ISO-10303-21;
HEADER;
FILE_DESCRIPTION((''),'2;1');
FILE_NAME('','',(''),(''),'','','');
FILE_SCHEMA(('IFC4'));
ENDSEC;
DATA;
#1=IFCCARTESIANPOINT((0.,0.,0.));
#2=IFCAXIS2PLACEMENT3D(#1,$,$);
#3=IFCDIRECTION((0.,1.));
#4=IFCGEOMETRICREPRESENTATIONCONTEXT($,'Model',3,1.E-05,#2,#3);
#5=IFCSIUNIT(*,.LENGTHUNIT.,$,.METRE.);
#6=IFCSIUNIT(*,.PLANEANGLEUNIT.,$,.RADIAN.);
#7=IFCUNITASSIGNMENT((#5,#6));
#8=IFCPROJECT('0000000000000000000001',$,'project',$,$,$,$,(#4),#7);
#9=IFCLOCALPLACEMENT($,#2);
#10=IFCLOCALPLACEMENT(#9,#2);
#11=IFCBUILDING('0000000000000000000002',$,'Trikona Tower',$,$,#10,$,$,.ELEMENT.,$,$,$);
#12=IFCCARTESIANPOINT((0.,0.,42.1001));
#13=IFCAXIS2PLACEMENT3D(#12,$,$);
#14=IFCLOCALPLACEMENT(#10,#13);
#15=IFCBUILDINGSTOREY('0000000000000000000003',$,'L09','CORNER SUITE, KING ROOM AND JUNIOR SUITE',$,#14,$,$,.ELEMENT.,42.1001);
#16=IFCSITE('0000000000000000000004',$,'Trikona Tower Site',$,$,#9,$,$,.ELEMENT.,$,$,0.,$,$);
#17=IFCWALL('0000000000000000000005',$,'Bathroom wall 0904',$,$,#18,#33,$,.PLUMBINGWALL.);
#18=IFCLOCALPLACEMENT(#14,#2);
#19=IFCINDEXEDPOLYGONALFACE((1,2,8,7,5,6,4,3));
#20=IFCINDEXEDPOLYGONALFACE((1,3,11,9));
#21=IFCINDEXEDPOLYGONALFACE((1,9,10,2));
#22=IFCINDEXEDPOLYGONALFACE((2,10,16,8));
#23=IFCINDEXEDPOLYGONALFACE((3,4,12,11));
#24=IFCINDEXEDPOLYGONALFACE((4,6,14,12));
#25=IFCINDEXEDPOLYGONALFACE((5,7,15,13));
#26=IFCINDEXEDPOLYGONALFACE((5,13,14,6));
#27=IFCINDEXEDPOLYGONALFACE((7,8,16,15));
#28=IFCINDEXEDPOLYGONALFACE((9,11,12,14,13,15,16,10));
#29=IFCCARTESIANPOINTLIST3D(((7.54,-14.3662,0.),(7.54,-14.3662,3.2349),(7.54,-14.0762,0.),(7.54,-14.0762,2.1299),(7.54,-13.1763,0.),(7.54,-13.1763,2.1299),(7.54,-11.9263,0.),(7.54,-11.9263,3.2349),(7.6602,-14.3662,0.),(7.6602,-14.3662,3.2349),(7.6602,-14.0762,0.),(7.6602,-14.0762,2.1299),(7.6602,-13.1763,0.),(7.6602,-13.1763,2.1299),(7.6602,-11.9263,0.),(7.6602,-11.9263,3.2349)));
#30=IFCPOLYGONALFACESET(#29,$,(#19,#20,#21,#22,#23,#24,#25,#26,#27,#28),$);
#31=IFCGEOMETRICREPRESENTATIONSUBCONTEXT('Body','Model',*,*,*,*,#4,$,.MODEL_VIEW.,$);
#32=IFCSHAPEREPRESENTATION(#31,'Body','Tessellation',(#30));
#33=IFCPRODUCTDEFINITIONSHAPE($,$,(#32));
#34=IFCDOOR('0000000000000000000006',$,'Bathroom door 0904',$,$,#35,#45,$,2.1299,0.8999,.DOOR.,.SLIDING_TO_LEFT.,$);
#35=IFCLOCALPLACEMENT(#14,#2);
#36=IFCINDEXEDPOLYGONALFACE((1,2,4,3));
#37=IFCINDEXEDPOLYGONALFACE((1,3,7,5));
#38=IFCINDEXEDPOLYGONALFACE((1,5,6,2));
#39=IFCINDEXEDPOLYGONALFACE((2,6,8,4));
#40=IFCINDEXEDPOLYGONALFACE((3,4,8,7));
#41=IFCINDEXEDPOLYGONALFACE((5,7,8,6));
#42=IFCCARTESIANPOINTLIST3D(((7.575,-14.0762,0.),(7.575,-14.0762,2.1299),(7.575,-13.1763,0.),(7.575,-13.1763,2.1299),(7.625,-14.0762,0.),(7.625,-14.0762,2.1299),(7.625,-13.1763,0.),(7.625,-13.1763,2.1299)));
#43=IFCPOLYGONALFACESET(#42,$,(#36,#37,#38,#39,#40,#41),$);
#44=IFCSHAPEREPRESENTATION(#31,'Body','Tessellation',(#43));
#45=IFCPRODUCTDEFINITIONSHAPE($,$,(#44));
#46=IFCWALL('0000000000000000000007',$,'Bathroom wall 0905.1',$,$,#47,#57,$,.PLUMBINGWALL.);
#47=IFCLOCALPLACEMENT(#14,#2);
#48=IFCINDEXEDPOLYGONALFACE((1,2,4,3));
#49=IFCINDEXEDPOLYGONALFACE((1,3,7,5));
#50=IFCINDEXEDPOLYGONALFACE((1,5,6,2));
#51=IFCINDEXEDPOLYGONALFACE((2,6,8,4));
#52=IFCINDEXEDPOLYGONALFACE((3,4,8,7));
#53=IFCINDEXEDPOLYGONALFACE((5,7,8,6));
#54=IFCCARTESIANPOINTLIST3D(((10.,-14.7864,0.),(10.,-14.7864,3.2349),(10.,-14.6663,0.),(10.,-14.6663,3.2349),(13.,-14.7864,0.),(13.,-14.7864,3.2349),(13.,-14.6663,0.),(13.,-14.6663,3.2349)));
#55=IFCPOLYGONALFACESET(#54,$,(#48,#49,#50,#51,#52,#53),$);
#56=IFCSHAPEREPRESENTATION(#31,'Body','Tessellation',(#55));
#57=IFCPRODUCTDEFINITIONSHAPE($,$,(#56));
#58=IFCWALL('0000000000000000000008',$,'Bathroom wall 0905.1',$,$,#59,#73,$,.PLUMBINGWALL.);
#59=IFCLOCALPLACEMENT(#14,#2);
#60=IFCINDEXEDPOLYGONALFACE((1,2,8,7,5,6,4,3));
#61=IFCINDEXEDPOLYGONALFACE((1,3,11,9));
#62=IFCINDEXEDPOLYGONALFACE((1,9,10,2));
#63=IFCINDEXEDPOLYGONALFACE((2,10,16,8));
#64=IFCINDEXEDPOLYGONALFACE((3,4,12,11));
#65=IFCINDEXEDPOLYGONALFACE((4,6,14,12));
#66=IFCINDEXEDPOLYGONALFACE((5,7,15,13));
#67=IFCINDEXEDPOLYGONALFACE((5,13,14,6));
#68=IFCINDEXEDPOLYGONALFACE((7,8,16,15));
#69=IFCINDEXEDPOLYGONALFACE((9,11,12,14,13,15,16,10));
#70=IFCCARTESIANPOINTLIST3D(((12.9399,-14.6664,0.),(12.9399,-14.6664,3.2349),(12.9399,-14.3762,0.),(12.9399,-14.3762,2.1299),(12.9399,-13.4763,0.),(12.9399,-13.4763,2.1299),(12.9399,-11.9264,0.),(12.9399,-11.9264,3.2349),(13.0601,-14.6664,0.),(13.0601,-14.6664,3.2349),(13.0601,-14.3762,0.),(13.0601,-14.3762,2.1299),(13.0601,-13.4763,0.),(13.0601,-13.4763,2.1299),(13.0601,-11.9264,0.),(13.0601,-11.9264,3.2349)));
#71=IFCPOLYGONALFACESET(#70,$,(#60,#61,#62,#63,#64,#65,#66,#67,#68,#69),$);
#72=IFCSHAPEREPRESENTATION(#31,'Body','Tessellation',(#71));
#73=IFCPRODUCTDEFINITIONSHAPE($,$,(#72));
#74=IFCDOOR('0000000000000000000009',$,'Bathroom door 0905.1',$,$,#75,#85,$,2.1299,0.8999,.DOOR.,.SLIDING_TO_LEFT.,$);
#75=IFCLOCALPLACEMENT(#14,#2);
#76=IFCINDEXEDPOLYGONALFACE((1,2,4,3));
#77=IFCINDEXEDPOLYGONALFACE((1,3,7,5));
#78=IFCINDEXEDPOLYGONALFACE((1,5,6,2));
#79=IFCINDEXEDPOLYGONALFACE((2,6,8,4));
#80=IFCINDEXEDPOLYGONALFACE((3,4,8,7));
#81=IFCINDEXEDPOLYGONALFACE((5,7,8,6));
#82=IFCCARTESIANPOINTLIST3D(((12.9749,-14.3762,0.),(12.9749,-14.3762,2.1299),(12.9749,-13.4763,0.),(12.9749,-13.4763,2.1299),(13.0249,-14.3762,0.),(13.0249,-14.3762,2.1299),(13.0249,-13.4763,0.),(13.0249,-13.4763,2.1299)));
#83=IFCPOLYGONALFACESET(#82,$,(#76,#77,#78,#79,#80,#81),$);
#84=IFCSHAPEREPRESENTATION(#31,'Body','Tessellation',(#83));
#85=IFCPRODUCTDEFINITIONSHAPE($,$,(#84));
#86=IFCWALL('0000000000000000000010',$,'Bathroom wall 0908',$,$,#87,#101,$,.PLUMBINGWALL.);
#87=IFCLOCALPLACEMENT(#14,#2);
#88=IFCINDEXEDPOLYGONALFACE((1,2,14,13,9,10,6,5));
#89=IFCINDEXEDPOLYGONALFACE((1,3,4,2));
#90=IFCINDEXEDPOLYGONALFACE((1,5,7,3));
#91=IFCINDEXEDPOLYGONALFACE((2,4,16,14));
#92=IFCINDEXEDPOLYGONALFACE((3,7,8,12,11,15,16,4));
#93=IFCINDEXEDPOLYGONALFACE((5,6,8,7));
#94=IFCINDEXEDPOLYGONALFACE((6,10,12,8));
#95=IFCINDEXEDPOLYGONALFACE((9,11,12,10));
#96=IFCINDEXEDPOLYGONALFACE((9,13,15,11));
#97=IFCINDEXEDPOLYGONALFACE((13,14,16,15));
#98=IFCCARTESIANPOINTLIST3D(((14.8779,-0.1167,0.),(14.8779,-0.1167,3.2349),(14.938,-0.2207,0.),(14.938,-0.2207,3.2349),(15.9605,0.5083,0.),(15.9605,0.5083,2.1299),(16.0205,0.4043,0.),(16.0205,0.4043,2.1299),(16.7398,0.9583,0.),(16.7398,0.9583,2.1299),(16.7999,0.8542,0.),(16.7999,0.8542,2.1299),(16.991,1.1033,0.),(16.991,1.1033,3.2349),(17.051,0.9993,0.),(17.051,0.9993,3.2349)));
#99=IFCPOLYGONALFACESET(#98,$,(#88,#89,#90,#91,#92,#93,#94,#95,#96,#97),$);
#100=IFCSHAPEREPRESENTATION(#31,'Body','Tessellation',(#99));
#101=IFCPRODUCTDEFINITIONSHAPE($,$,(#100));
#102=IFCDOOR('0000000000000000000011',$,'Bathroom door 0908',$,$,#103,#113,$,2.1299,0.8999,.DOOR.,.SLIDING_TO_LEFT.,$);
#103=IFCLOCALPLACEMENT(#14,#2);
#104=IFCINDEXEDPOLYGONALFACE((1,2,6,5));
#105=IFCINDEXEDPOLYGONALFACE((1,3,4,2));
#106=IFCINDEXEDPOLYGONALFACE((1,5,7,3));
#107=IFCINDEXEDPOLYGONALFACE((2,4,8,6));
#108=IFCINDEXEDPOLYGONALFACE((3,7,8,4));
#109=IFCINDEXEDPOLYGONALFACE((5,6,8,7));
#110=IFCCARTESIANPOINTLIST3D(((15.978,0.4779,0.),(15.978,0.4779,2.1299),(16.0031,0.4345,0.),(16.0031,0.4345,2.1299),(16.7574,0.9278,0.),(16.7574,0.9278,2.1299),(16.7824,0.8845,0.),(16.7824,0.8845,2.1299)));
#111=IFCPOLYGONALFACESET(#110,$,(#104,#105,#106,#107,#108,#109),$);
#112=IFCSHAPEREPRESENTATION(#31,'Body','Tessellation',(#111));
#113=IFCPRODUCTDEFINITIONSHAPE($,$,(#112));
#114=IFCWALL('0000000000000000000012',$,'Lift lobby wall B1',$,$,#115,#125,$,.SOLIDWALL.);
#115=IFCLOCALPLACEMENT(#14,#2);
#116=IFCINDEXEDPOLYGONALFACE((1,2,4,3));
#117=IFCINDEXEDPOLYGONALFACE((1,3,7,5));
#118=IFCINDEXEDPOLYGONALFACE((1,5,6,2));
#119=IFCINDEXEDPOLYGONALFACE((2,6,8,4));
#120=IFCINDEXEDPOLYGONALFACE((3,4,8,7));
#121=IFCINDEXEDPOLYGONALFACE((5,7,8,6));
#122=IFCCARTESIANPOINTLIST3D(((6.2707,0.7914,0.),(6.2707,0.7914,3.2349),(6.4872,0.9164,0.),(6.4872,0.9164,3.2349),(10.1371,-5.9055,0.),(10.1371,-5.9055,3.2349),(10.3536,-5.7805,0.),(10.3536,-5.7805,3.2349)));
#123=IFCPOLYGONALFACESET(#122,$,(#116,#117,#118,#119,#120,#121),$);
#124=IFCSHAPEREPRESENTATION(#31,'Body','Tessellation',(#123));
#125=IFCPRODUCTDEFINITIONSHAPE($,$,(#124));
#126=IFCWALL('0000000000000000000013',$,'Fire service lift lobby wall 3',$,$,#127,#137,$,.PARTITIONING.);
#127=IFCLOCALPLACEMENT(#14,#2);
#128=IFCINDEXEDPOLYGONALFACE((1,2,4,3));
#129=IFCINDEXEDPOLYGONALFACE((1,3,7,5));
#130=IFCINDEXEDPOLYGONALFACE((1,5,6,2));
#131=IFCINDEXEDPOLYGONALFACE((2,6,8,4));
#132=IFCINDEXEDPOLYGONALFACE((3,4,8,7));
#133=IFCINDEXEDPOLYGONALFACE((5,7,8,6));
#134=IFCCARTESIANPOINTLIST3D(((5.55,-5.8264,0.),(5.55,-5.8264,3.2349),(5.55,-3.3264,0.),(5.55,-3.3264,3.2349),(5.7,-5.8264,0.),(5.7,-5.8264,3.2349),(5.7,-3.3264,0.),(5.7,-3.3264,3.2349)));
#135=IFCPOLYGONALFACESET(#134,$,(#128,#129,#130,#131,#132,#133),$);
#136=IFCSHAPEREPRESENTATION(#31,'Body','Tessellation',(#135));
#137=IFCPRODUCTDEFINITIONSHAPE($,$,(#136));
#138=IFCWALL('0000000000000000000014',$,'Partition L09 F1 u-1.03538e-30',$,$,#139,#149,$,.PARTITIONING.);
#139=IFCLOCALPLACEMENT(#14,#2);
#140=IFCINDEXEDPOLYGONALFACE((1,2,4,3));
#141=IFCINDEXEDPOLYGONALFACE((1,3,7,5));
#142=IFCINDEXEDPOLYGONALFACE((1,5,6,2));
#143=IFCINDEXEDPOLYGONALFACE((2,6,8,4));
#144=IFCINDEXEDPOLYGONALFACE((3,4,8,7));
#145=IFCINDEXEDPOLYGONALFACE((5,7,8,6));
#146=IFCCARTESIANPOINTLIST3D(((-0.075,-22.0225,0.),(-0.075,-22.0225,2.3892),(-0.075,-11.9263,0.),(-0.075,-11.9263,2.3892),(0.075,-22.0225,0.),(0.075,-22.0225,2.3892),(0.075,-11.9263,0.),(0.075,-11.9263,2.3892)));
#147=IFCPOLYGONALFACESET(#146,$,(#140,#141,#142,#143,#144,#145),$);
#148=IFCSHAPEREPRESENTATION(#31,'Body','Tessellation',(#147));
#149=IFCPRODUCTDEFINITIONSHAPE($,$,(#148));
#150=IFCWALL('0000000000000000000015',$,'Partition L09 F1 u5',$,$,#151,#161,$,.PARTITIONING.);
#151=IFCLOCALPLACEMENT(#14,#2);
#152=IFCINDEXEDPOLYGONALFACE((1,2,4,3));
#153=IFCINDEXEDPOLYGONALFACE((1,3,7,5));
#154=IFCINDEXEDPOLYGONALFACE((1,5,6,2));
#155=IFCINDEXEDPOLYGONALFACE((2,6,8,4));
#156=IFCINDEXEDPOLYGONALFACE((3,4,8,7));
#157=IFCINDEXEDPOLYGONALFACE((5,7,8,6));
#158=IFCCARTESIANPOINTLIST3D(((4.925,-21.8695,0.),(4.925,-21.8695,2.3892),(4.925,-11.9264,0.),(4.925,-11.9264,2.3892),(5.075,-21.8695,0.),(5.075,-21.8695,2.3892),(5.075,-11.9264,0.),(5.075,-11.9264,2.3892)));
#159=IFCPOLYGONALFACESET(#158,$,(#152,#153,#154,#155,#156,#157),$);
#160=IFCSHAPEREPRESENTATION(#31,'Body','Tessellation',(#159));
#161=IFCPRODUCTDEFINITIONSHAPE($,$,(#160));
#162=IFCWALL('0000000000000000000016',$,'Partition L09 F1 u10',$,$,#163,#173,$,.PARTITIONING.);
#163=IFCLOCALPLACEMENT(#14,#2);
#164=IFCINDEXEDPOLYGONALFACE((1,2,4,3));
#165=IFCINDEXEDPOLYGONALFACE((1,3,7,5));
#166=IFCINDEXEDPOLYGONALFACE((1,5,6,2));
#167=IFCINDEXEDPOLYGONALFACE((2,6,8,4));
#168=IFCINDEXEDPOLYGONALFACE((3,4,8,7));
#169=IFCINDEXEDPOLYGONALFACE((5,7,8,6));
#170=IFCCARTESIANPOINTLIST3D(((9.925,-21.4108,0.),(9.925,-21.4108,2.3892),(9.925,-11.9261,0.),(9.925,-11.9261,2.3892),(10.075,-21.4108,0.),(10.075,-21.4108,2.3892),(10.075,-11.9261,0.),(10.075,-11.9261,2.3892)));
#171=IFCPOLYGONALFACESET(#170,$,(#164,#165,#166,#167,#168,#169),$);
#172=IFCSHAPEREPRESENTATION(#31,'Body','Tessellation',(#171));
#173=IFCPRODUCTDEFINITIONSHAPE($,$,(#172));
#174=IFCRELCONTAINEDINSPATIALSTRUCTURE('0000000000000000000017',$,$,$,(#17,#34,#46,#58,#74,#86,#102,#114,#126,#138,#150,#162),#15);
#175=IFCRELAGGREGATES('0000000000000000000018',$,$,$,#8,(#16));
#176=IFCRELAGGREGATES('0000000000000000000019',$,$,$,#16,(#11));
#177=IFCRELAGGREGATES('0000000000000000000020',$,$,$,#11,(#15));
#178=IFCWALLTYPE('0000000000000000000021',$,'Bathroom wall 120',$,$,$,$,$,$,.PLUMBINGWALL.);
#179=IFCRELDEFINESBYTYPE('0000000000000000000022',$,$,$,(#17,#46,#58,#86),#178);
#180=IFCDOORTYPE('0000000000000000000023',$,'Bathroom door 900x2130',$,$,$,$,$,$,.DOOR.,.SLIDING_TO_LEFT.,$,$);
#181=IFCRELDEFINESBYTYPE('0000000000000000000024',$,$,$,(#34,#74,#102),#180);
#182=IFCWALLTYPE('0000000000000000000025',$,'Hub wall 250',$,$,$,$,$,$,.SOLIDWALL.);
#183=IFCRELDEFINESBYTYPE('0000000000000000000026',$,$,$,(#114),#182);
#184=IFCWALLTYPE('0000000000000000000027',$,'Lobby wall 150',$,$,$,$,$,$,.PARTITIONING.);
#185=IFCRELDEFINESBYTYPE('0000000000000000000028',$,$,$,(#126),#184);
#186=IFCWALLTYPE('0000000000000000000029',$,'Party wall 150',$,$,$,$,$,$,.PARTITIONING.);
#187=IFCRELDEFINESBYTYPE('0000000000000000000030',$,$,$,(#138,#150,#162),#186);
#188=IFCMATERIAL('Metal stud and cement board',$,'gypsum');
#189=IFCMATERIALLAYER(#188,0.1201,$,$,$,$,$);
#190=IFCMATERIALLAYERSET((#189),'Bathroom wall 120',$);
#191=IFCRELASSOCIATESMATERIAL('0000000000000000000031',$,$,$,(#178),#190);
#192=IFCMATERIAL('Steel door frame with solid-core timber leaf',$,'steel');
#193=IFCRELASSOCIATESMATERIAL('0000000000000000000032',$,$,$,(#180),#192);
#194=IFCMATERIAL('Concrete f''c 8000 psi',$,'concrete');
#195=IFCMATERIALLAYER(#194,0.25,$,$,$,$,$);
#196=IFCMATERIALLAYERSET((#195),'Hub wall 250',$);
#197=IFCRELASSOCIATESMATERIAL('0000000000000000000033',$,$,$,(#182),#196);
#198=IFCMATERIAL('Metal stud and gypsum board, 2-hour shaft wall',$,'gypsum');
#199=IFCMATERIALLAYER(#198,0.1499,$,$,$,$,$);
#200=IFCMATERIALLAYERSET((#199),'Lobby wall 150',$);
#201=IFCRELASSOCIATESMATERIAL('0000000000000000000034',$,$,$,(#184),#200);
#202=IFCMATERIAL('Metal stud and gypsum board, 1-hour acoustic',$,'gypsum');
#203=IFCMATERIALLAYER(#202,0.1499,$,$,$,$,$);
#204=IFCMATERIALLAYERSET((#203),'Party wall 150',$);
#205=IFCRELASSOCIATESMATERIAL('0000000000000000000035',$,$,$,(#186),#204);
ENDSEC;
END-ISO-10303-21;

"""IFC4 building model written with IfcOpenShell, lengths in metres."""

from ifc_helpers import new_model, si_unit, direction, frame, frame_2d, origin, place, context, subcontext, project, spatial, rectangle, extrude, material, layer, layer_set, type_object, element, fill, save


model = new_model("IFC4")

# Units and contexts
model_context = context("Model", 3, precision=1e-05, world=origin(), true_north=direction((0.0, 1.0)))
body_context = subcontext(model_context, "Body", "Model", "MODEL_VIEW")
ifc_project = project(units=[si_unit("LENGTHUNIT", "METRE"), si_unit("PLANEANGLEUNIT", "RADIAN")], contexts=[model_context])

# Site, building, storey
site_placement = place(None, origin())
site = spatial("IfcSite", under=ifc_project, at=site_placement, Name="Trikona Tower Site", CompositionType="ELEMENT", RefElevation=0.0)
building_placement = place(site_placement, origin())
building = spatial("IfcBuilding", under=site, at=building_placement, Name="Trikona Tower", CompositionType="ELEMENT")
storey_placement = place(building_placement, frame((0.0, 0.0, 42.1001)))
storey = spatial("IfcBuildingStorey", under=building, at=storey_placement, Name="L09", Description="CORNER SUITE, KING ROOM AND JUNIOR SUITE", CompositionType="ELEMENT", Elevation=42.1001)

# Shared definitions
ifc_material_1 = material(Name="Metal stud and cement board", Category="gypsum")
ifc_layer_1 = layer(ifc_material_1, 0.1201)
ifc_layer_set_1 = layer_set([ifc_layer_1], Name="Bathroom wall 120")
wall_type_1 = type_object("IfcWallType", Name="Bathroom wall 120", PredefinedType="PLUMBINGWALL", material=ifc_layer_set_1)

# Wall, opening, door
wall_1_placement = place(storey_placement, frame((7.6001, -11.9263, 0.0), z_axis=(0.0, 0.0, 1.0), x_axis=(0.0, -1.0, 0.0)))
wall_1 = element("IfcWall", 1, at=wall_1_placement, inside=storey, type_object=wall_type_1, Name="Bathroom wall 0904", PredefinedType="PLUMBINGWALL", context=body_context, shape_type="SweptSolid", body=[
    extrude(rectangle(XDim=2.4399, YDim=0.1201, at=frame_2d((1.22, 0.0))), origin(), (0.0, 0.0, 1.0), 3.2349),
])
opening_1_placement = place(wall_1_placement, frame((1.25, 0.0, 0.0)))
opening_1 = element("IfcOpeningElement", 2, at=opening_1_placement, cuts=wall_1, PredefinedType="OPENING", context=body_context, shape_type="SweptSolid", body=[
    extrude(rectangle(XDim=0.8999, YDim=2.1299, at=frame_2d((0.45, 1.0649))), frame((0.0, 0.0701, 0.0), z_axis=(0.0, -1.0, 0.0), x_axis=(1.0, 0.0, 0.0)), (0.0, 0.0, 1.0), 0.1401),
])
ifc_material_2 = material(Name="Steel door frame with solid-core timber leaf", Category="steel")
door_type_1 = type_object("IfcDoorType", Name="Bathroom door 900x2130", OperationType="SLIDING_TO_LEFT", PredefinedType="DOOR", material=ifc_material_2)
door_1_placement = place(opening_1_placement, origin())
door_1 = element("IfcDoor", 3, at=door_1_placement, inside=storey, type_object=door_type_1, Name="Bathroom door 0904", OperationType="SLIDING_TO_LEFT", OverallHeight=2.1299, OverallWidth=0.8999, PredefinedType="DOOR", context=body_context, shape_type="SweptSolid", body=[
    extrude(rectangle(XDim=0.8999, YDim=2.1299, at=frame_2d((0.45, 1.0649))), frame((0.0, 0.0249, 0.0), z_axis=(0.0, -1.0, 0.0), x_axis=(1.0, 0.0, 0.0)), (0.0, 0.0, 1.0), 0.05),
])
fill(opening_1, door_1)

# Wall
wall_2_placement = place(storey_placement, frame((10.0, -14.7263, 0.0), z_axis=(0.0, 0.0, 1.0), x_axis=(1.0, 0.0, 0.0)))
element("IfcWall", 4, at=wall_2_placement, inside=storey, type_object=wall_type_1, Name="Bathroom wall 0905.1", PredefinedType="PLUMBINGWALL", context=body_context, shape_type="SweptSolid", body=[
    extrude(rectangle(XDim=3.0, YDim=0.1201, at=frame_2d((1.5, 0.0))), origin(), (0.0, 0.0, 1.0), 3.2349),
])

# Walls, openings, doors
wall_3_placement = place(storey_placement, frame((13.0, -11.9263, 0.0), z_axis=(0.0, 0.0, 1.0), x_axis=(0.0, -1.0, 0.0)))
wall_3 = element("IfcWall", 5, at=wall_3_placement, inside=storey, type_object=wall_type_1, Name="Bathroom wall 0905.1", PredefinedType="PLUMBINGWALL", context=body_context, shape_type="SweptSolid", body=[
    extrude(rectangle(XDim=2.74, YDim=0.1201, at=frame_2d((1.3701, 0.0))), origin(), (0.0, 0.0, 1.0), 3.2349),
])
opening_2_placement = place(wall_3_placement, frame((1.55, 0.0, 0.0)))
opening_2 = element("IfcOpeningElement", 6, at=opening_2_placement, cuts=wall_3, PredefinedType="OPENING", context=body_context, shape_type="SweptSolid", body=[
    extrude(rectangle(XDim=0.8999, YDim=2.1299, at=frame_2d((0.45, 1.0649))), frame((0.0, 0.0701, 0.0), z_axis=(0.0, -1.0, 0.0), x_axis=(1.0, 0.0, 0.0)), (0.0, 0.0, 1.0), 0.1401),
])
door_2_placement = place(opening_2_placement, origin())
door_2 = element("IfcDoor", 7, at=door_2_placement, inside=storey, type_object=door_type_1, Name="Bathroom door 0905.1", OperationType="SLIDING_TO_LEFT", OverallHeight=2.1299, OverallWidth=0.8999, PredefinedType="DOOR", context=body_context, shape_type="SweptSolid", body=[
    extrude(rectangle(XDim=0.8999, YDim=2.1299, at=frame_2d((0.45, 1.0649))), frame((0.0, 0.0249, 0.0), z_axis=(0.0, -1.0, 0.0), x_axis=(1.0, 0.0, 0.0)), (0.0, 0.0, 1.0), 0.05),
])
fill(opening_2, door_2)
wall_4_placement = place(storey_placement, frame((14.908, -0.1687, 0.0), z_axis=(0.0, 0.0, 1.0), x_axis=(0.866024, 0.500003, 0.0)))
wall_4 = element("IfcWall", 8, at=wall_4_placement, inside=storey, type_object=wall_type_1, Name="Bathroom wall 0908", PredefinedType="PLUMBINGWALL", context=body_context, shape_type="SweptSolid", body=[
    extrude(rectangle(XDim=2.4399, YDim=0.1201, at=frame_2d((1.22, 0.0))), origin(), (0.0, 0.0, 1.0), 3.2349),
])
opening_3_placement = place(wall_4_placement, frame((1.25, 0.0, 0.0)))
opening_3 = element("IfcOpeningElement", 9, at=opening_3_placement, cuts=wall_4, PredefinedType="OPENING", context=body_context, shape_type="SweptSolid", body=[
    extrude(rectangle(XDim=0.8999, YDim=2.1299, at=frame_2d((0.45, 1.0649))), frame((0.0, 0.0701, 0.0), z_axis=(0.0, -1.0, 0.0), x_axis=(1.0, 0.0, 0.0)), (0.0, 0.0, 1.0), 0.1401),
])
door_3_placement = place(opening_3_placement, origin())
door_3 = element("IfcDoor", 10, at=door_3_placement, inside=storey, type_object=door_type_1, Name="Bathroom door 0908", OperationType="SLIDING_TO_LEFT", OverallHeight=2.1299, OverallWidth=0.8999, PredefinedType="DOOR", context=body_context, shape_type="SweptSolid", body=[
    extrude(rectangle(XDim=0.8999, YDim=2.1299, at=frame_2d((0.45, 1.0649))), frame((0.0, 0.0249, 0.0), z_axis=(0.0, -1.0, 0.0), x_axis=(1.0, 0.0, 0.0)), (0.0, 0.0, 1.0), 0.05),
])
fill(opening_3, door_3)

# Walls
ifc_material_3 = material(Name="Concrete f'c 8000 psi", Category="concrete")
ifc_layer_2 = layer(ifc_material_3, 0.25)
ifc_layer_set_2 = layer_set([ifc_layer_2], Name="Hub wall 250")
wall_type_2 = type_object("IfcWallType", Name="Hub wall 250", PredefinedType="SOLIDWALL", material=ifc_layer_set_2)
wall_5_placement = place(storey_placement, frame((10.2454, -5.843, 0.0), z_axis=(0.0, 0.0, 1.0), x_axis=(-0.499993, 0.866029, 0.0)))
element("IfcWall", 11, at=wall_5_placement, inside=storey, type_object=wall_type_2, Name="Lift lobby wall B1", PredefinedType="SOLIDWALL", context=body_context, shape_type="SweptSolid", body=[
    extrude(rectangle(XDim=7.7329, YDim=0.25, at=frame_2d((3.8665, 0.0))), origin(), (0.0, 0.0, 1.0), 3.2349),
])
ifc_material_4 = material(Name="Metal stud and gypsum board, 2-hour shaft wall", Category="gypsum")
ifc_layer_3 = layer(ifc_material_4, 0.1499)
ifc_layer_set_3 = layer_set([ifc_layer_3], Name="Lobby wall 150")
wall_type_3 = type_object("IfcWallType", Name="Lobby wall 150", PredefinedType="PARTITIONING", material=ifc_layer_set_3)
wall_6_placement = place(storey_placement, frame((5.625, -5.8264, 0.0), z_axis=(0.0, 0.0, 1.0), x_axis=(0.0, 1.0, 0.0)))
element("IfcWall", 12, at=wall_6_placement, inside=storey, type_object=wall_type_3, Name="Fire service lift lobby wall 3", PredefinedType="PARTITIONING", context=body_context, shape_type="SweptSolid", body=[
    extrude(rectangle(XDim=2.5, YDim=0.1499, at=frame_2d((1.25, 0.0))), origin(), (0.0, 0.0, 1.0), 3.2349),
])
ifc_material_5 = material(Name="Metal stud and gypsum board, 1-hour acoustic", Category="gypsum")
ifc_layer_4 = layer(ifc_material_5, 0.1499)
ifc_layer_set_4 = layer_set([ifc_layer_4], Name="Party wall 150")
wall_type_4 = type_object("IfcWallType", Name="Party wall 150", PredefinedType="PARTITIONING", material=ifc_layer_set_4)
wall_7_placement = place(storey_placement, frame((0.0, -11.9263, 0.0), z_axis=(0.0, 0.0, 1.0), x_axis=(0.0, -1.0, 0.0)))
element("IfcWall", 13, at=wall_7_placement, inside=storey, type_object=wall_type_4, Name="Partition L09 F1 u-1.03538e-30", PredefinedType="PARTITIONING", context=body_context, shape_type="SweptSolid", body=[
    extrude(rectangle(XDim=10.0962, YDim=0.1499, at=frame_2d((5.0481, 0.0))), origin(), (0.0, 0.0, 1.0), 2.3892),
])
wall_8_placement = place(storey_placement, frame((5.0, -11.9263, 0.0), z_axis=(0.0, 0.0, 1.0), x_axis=(0.0, -1.0, 0.0)))
element("IfcWall", 14, at=wall_8_placement, inside=storey, type_object=wall_type_4, Name="Partition L09 F1 u5", PredefinedType="PARTITIONING", context=body_context, shape_type="SweptSolid", body=[
    extrude(rectangle(XDim=9.9431, YDim=0.1499, at=frame_2d((4.9717, 0.0))), origin(), (0.0, 0.0, 1.0), 2.3892),
])
wall_9_placement = place(storey_placement, frame((10.0, -11.9263, 0.0), z_axis=(0.0, 0.0, 1.0), x_axis=(0.0, -1.0, 0.0)))
element("IfcWall", 15, at=wall_9_placement, inside=storey, type_object=wall_type_4, Name="Partition L09 F1 u10", PredefinedType="PARTITIONING", context=body_context, shape_type="SweptSolid", body=[
    extrude(rectangle(XDim=9.4846, YDim=0.1499, at=frame_2d((4.7422, 0.0))), origin(), (0.0, 0.0, 1.0), 2.3892),
])

save(model, "model.ifc")
